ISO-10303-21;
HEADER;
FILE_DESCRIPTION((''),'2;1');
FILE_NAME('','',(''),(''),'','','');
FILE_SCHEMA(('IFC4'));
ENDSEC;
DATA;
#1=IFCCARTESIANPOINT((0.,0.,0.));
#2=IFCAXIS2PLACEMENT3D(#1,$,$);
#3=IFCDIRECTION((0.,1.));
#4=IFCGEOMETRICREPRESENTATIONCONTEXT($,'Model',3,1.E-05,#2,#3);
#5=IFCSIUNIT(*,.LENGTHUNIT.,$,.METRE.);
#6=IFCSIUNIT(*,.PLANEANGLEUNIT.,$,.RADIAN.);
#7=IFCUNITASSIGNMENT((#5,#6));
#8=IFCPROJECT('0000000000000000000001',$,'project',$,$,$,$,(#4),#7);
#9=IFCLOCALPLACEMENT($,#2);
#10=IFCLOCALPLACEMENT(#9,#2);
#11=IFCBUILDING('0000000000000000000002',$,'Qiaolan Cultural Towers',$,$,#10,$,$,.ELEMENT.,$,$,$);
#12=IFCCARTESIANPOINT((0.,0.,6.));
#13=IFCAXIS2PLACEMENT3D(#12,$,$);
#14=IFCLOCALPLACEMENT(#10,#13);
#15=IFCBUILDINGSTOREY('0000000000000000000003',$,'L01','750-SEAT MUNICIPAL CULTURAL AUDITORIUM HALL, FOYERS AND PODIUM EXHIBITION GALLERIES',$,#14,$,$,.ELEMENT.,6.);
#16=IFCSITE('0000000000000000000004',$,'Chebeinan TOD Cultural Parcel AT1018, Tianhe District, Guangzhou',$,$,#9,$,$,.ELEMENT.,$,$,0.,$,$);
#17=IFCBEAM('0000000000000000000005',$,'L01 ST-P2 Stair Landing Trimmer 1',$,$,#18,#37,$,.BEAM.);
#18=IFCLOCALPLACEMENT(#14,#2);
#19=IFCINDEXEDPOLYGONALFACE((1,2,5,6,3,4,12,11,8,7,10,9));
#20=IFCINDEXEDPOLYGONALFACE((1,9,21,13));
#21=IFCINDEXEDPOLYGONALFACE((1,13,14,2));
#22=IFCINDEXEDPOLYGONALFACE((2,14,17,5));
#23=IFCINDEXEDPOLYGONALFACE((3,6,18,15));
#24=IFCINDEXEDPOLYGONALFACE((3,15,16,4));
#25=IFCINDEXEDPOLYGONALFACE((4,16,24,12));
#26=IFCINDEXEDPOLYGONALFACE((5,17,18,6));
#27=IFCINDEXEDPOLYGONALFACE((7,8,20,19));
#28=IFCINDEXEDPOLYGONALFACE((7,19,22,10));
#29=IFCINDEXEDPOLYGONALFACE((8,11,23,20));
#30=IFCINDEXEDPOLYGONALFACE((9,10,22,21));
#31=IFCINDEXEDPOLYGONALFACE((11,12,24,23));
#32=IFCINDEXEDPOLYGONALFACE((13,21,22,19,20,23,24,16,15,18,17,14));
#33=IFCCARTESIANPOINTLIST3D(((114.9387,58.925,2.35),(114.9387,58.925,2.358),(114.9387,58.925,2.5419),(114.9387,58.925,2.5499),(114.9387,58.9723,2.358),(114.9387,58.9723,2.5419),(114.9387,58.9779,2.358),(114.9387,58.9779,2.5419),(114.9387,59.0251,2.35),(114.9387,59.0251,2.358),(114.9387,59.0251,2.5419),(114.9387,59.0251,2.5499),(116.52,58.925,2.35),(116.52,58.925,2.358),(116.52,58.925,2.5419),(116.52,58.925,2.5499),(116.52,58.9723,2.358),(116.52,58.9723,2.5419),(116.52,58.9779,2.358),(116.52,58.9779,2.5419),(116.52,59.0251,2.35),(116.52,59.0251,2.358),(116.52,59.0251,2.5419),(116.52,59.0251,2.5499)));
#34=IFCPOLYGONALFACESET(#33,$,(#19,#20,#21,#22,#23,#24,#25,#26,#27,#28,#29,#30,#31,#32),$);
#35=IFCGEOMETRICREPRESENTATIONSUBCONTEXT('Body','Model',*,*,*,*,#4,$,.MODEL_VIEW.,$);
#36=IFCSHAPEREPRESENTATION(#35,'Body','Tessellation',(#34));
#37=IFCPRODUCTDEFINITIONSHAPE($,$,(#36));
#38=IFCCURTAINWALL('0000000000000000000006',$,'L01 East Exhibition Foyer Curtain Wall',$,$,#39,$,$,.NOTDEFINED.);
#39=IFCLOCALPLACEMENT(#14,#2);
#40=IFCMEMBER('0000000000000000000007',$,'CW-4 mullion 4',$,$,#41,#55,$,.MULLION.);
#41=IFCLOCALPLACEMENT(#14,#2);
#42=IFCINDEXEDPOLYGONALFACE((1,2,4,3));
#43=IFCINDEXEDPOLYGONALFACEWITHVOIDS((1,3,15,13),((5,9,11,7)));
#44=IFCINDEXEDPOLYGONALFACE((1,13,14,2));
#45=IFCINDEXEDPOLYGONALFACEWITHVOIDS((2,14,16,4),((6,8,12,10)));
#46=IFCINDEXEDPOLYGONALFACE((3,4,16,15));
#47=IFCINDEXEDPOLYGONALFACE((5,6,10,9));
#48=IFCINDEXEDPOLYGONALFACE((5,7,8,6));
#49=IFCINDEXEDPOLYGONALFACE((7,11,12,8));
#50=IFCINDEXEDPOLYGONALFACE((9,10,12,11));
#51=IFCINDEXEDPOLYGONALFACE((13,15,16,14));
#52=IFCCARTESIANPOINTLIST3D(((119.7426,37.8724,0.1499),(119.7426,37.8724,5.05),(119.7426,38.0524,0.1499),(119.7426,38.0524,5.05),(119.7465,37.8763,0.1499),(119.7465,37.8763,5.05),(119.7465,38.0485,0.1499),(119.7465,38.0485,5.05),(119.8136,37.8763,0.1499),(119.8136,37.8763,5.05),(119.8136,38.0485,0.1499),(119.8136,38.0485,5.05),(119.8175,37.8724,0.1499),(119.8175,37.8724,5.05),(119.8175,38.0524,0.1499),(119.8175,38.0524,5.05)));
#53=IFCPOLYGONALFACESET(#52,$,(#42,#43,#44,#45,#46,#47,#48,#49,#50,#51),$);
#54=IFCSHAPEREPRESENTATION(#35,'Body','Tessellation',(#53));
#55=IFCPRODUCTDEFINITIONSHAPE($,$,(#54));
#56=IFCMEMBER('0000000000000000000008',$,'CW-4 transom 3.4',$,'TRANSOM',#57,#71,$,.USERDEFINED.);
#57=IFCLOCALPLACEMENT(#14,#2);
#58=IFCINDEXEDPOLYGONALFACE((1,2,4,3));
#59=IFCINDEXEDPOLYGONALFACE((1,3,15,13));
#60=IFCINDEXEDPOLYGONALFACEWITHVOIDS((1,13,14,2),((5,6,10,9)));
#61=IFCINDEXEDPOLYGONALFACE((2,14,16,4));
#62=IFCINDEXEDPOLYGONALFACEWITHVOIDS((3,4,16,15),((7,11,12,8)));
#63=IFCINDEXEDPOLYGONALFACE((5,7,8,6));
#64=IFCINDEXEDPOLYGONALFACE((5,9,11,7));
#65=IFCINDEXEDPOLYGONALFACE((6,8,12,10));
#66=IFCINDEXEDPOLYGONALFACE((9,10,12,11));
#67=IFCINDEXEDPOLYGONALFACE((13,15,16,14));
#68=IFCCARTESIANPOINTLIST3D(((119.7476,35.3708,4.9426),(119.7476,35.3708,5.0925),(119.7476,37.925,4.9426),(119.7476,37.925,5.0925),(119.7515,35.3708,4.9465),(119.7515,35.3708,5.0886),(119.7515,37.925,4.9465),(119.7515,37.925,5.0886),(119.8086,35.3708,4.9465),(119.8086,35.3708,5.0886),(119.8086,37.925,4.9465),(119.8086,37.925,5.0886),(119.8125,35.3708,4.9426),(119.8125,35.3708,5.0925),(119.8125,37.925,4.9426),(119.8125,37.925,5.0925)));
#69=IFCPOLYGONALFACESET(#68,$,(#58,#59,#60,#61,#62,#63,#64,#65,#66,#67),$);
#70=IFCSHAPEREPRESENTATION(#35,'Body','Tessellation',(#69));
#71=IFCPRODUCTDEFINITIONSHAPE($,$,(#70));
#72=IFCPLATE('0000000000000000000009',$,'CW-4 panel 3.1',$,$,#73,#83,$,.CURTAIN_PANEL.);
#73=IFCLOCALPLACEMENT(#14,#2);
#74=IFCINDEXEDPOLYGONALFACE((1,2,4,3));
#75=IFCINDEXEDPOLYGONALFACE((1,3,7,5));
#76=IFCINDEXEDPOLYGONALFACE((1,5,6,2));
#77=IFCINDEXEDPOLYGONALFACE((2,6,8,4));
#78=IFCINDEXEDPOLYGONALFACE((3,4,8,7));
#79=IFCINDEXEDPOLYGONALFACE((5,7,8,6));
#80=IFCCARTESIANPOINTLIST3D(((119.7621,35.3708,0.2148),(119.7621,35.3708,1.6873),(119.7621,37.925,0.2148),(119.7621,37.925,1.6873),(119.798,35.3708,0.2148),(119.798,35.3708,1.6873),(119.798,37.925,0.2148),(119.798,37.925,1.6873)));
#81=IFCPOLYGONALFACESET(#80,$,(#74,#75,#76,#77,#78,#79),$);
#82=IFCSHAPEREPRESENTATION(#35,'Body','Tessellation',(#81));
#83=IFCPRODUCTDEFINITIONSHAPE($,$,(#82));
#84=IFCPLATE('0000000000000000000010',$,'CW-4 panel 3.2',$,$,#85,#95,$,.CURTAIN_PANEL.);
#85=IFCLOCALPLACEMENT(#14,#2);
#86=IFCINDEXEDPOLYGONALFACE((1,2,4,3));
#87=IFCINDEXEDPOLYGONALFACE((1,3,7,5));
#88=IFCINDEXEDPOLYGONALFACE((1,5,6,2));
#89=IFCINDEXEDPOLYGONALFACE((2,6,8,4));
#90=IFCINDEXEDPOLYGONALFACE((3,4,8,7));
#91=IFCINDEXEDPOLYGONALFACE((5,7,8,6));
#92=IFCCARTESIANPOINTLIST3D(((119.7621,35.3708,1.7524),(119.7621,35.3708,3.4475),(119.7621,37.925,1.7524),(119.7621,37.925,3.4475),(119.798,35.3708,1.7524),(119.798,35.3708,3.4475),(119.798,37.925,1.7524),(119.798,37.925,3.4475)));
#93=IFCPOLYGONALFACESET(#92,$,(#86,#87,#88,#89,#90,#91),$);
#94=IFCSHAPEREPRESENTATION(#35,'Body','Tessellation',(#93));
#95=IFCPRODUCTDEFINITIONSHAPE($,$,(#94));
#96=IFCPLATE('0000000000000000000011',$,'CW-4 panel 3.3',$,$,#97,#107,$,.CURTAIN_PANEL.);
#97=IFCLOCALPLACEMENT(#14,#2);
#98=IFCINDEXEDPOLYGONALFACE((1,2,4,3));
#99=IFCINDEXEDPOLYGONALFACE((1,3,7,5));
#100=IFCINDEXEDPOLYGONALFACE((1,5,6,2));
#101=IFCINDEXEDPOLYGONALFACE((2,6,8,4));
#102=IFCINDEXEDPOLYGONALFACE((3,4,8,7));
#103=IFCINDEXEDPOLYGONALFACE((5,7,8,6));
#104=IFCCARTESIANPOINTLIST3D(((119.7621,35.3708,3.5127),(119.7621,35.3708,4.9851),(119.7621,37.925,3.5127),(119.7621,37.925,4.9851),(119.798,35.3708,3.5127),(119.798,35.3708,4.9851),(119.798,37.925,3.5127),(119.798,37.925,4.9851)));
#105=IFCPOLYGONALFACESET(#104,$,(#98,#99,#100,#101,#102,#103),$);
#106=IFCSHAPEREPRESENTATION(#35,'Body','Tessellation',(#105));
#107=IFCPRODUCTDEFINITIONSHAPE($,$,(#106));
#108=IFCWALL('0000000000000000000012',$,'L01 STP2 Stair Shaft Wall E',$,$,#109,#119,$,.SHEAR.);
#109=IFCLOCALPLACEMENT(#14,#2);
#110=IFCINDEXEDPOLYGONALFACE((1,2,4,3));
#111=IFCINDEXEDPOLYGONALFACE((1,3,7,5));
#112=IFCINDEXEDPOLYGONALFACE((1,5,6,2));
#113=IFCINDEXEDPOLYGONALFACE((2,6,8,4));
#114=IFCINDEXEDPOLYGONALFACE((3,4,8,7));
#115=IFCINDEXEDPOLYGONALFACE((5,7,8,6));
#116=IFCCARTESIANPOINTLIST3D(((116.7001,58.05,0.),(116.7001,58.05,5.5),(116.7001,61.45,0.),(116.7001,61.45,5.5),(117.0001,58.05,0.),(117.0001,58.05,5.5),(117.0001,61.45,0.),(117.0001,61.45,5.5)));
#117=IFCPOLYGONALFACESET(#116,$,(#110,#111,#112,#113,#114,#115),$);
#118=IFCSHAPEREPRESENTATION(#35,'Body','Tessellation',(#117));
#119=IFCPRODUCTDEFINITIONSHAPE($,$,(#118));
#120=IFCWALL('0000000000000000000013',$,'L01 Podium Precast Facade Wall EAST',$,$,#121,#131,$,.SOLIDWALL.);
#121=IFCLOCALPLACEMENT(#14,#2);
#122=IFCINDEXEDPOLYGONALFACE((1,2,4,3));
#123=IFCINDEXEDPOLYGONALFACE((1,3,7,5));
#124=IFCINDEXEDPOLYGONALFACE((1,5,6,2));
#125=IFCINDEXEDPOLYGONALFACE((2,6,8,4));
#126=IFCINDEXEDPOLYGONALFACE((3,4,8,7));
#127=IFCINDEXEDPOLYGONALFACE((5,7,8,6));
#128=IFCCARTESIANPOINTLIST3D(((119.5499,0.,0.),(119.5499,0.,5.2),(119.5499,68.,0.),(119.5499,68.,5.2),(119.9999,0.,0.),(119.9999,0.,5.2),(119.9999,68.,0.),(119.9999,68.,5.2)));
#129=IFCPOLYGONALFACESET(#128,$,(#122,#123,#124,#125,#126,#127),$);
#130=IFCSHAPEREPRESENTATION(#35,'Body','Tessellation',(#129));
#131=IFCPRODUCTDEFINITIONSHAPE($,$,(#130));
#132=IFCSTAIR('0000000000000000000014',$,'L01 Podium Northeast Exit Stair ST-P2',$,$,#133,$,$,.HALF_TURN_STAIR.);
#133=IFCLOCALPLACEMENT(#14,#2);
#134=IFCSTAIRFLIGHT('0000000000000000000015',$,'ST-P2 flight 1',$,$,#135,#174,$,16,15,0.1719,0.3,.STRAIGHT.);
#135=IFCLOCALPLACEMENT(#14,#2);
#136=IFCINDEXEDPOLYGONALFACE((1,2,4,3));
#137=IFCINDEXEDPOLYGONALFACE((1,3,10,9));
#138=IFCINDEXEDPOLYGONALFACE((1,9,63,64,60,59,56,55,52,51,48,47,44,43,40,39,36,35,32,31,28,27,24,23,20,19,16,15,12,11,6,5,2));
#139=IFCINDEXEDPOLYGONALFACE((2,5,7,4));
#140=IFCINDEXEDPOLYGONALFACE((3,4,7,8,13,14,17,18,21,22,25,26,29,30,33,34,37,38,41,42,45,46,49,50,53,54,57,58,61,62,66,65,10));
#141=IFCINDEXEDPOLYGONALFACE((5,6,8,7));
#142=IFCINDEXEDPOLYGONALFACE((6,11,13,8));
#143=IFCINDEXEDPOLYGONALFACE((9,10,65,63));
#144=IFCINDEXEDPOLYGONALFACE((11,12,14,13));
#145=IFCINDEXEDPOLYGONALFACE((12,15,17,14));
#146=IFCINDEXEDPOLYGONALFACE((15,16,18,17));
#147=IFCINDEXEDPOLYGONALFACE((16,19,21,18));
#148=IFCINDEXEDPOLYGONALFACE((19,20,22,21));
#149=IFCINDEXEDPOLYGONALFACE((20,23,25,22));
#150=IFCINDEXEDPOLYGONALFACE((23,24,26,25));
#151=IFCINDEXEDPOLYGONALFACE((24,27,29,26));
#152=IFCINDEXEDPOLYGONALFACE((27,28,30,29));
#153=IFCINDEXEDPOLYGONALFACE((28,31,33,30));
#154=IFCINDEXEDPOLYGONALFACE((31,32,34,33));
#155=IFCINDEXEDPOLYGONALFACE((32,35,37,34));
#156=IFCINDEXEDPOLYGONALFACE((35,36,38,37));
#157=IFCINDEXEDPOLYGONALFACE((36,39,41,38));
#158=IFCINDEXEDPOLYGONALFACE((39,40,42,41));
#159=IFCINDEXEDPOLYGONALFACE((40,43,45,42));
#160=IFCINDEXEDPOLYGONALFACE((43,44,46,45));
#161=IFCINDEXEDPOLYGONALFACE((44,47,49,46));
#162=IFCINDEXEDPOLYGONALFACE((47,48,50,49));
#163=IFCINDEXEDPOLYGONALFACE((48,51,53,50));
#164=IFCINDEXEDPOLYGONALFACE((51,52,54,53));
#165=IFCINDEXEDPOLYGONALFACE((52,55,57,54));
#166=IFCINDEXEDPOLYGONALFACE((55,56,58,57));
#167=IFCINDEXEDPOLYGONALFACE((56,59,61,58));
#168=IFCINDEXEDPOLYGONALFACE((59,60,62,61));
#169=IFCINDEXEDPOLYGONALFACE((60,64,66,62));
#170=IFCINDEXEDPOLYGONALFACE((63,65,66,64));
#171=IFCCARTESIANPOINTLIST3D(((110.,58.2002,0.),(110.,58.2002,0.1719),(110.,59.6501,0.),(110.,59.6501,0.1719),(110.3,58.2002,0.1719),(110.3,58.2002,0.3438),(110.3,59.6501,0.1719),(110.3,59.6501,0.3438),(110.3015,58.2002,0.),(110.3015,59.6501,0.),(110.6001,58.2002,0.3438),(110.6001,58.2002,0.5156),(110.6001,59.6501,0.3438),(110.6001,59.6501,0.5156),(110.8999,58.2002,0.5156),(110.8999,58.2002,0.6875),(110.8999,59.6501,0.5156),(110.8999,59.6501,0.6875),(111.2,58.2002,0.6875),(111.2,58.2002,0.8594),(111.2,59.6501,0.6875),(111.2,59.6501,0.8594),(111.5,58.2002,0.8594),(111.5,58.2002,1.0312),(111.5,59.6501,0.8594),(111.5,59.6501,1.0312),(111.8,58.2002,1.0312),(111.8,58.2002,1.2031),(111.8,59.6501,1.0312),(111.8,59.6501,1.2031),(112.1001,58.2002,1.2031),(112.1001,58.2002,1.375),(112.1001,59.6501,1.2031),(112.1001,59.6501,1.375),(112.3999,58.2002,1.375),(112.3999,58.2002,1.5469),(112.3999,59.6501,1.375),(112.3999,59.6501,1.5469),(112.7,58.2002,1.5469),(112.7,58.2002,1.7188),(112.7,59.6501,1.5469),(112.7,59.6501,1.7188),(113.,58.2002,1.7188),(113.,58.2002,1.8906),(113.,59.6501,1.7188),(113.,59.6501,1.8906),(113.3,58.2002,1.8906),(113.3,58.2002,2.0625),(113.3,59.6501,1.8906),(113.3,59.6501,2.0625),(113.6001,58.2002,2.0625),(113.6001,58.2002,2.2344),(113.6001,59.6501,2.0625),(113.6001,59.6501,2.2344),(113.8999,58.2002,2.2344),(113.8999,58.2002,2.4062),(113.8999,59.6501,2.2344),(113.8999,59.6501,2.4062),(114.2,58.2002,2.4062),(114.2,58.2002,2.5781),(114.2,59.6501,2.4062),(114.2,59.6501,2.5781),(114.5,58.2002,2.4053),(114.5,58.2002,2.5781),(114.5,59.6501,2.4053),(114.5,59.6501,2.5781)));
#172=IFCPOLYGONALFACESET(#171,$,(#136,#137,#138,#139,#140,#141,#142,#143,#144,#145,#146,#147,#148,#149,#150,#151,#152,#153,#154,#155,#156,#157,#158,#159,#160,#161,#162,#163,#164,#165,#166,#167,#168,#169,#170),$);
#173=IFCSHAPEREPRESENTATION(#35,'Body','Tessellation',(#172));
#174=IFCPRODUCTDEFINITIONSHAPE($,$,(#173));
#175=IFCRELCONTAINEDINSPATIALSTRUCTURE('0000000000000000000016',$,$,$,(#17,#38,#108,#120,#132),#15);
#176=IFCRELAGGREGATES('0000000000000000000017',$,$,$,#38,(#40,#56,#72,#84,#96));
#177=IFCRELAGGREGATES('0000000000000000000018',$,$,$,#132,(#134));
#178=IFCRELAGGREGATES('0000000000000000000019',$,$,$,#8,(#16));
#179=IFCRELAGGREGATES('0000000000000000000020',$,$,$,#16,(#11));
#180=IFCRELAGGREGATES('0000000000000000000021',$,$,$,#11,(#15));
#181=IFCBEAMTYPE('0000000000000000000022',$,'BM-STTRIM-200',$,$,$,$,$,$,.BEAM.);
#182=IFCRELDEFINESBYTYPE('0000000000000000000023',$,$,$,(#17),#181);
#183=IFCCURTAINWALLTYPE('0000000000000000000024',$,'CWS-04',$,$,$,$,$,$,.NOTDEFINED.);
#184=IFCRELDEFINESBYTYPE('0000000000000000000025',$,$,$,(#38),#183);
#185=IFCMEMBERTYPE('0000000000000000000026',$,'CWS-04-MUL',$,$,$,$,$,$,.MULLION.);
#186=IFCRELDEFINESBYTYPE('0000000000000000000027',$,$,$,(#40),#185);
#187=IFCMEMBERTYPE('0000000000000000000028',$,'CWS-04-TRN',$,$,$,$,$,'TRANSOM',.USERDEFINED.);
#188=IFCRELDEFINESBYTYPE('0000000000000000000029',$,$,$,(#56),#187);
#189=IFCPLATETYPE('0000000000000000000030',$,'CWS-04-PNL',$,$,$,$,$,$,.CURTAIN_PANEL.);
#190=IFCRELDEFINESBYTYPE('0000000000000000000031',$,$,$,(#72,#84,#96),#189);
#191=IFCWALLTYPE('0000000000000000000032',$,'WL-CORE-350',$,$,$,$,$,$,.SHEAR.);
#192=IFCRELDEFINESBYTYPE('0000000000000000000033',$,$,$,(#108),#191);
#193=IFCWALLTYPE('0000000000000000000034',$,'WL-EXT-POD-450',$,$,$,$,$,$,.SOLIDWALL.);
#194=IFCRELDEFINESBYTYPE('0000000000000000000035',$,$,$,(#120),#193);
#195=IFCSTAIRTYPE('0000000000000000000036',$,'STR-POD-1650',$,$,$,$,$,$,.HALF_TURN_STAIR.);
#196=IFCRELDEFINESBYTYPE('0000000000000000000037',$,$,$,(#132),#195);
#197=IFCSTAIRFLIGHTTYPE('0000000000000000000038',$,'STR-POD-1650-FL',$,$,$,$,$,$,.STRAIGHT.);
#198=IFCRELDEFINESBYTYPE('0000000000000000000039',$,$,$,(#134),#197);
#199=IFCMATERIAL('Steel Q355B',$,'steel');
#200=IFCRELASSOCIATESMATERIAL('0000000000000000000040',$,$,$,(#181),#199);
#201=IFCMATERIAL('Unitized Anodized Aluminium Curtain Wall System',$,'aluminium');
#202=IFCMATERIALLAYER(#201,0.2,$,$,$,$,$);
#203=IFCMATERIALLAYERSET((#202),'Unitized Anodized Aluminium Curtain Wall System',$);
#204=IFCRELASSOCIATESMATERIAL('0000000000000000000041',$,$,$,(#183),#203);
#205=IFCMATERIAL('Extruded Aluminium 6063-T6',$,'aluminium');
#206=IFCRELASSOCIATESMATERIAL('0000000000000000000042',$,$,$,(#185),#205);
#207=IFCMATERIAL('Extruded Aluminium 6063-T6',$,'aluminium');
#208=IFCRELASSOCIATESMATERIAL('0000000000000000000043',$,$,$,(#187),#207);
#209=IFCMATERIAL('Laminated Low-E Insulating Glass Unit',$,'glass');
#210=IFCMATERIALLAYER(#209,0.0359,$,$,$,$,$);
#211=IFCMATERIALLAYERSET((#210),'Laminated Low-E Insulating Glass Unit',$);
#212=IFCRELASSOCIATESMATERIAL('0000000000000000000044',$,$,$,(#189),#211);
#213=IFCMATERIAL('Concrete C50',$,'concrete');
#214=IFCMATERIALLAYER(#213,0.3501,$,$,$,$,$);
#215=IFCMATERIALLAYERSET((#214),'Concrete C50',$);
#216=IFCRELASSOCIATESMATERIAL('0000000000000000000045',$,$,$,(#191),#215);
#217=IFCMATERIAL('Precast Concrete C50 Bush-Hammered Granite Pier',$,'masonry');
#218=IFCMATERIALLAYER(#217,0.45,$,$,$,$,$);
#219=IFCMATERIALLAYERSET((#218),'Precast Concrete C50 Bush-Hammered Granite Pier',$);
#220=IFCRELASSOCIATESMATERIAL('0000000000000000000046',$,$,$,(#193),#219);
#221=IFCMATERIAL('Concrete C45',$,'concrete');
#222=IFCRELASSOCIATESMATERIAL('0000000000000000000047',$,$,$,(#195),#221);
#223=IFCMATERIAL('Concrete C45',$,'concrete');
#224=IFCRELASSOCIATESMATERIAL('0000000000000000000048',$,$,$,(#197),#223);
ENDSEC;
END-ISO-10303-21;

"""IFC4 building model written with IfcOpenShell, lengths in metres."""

from ifc_helpers import new_model, si_unit, direction, frame, frame_2d, origin, origin_2d, place, context, subcontext, project, spatial, polyline, rectangle, hollow_rectangle, i_section, outline, extrude, material, layer, layer_set, material_profile, profile_set, type_object, element, aggregate, save


model = new_model("IFC4")

# Units and contexts
model_context = context("Model", 3, precision=1e-05, world=origin(), true_north=direction((0.0, 1.0)))
body_context = subcontext(model_context, "Body", "Model", "MODEL_VIEW")
ifc_project = project(units=[si_unit("LENGTHUNIT", "METRE"), si_unit("PLANEANGLEUNIT", "RADIAN")], contexts=[model_context])

# Site, building, storey
site_placement = place(None, origin())
site = spatial("IfcSite", under=ifc_project, at=site_placement, Name="Chebeinan TOD Cultural Parcel AT1018, Tianhe District, Guangzhou", CompositionType="ELEMENT", RefElevation=0.0)
building_placement = place(site_placement, origin())
building = spatial("IfcBuilding", under=site, at=building_placement, Name="Qiaolan Cultural Towers", CompositionType="ELEMENT")
storey_placement = place(building_placement, frame((0.0, 0.0, 6.0)))
storey = spatial("IfcBuildingStorey", under=building, at=storey_placement, Name="L01", Description="750-SEAT MUNICIPAL CULTURAL AUDITORIUM HALL, FOYERS AND PODIUM EXHIBITION GALLERIES", CompositionType="ELEMENT", Elevation=6.0)

# Beam
ifc_material_1 = material(Name="Steel Q355B", Category="steel")
ifc_material_profile_1 = material_profile(ifc_material_1, i_section(OverallWidth=0.1001, OverallDepth=0.2, WebThickness=0.0056, FlangeThickness=0.0081, at=origin_2d()), Name="HN200x100x5.5x8")
ifc_profile_set_1 = profile_set([ifc_material_profile_1], Name="Steel Q355B")
beam_type_1 = type_object("IfcBeamType", Name="BM-STTRIM-200", PredefinedType="BEAM", material=ifc_profile_set_1)
beam_1_placement = place(storey_placement, frame((114.9387, 58.9751, 2.45), z_axis=(1.0, 0.0, 0.0), x_axis=(0.0, 1.0, 0.0)))
element("IfcBeam", 1, at=beam_1_placement, inside=storey, type_object=beam_type_1, Name="L01 ST-P2 Stair Landing Trimmer 1", PredefinedType="BEAM", context=body_context, shape_type="SweptSolid", body=[
    extrude(i_section(OverallWidth=0.1001, OverallDepth=0.2, WebThickness=0.0056, FlangeThickness=0.0081, at=origin_2d()), origin(), (0.0, 0.0, 1.0), 1.5813),
])

# Curtain wall, members, plates
ifc_material_2 = material(Name="Unitized Anodized Aluminium Curtain Wall System", Category="aluminium")
ifc_layer_1 = layer(ifc_material_2, 0.2)
ifc_layer_set_1 = layer_set([ifc_layer_1], Name="Unitized Anodized Aluminium Curtain Wall System")
curtain_wall_type = type_object("IfcCurtainWallType", Name="CWS-04", PredefinedType="NOTDEFINED", material=ifc_layer_set_1)
curtain_wall_placement = place(storey_placement, origin())
curtain_wall = element("IfcCurtainWall", 2, at=curtain_wall_placement, inside=storey, type_object=curtain_wall_type, Name="L01 East Exhibition Foyer Curtain Wall", PredefinedType="NOTDEFINED")
ifc_material_3 = material(Name="Extruded Aluminium 6063-T6", Category="aluminium")
ifc_material_profile_2 = material_profile(ifc_material_3, hollow_rectangle(XDim=0.075, YDim=0.1799, WallThickness=0.0039, at=origin_2d()), Name="CWM-180x75x4")
ifc_profile_set_2 = profile_set([ifc_material_profile_2], Name="Extruded Aluminium 6063-T6")
member_type_1 = type_object("IfcMemberType", Name="CWS-04-MUL", PredefinedType="MULLION", material=ifc_profile_set_2)
member_1_placement = place(storey_placement, frame((119.78, 37.9624, 0.1499), z_axis=(0.0, 0.0, 1.0), x_axis=(-1.0, 0.0, 0.0)))
member_1 = element("IfcMember", 3, at=member_1_placement, type_object=member_type_1, Name="CW-4 mullion 4", PredefinedType="MULLION", context=body_context, shape_type="SweptSolid", body=[
    extrude(hollow_rectangle(XDim=0.075, YDim=0.1799, WallThickness=0.0039, at=origin_2d()), origin(), (0.0, 0.0, 1.0), 4.9001),
])
ifc_material_4 = material(Name="Extruded Aluminium 6063-T6", Category="aluminium")
ifc_material_profile_3 = material_profile(ifc_material_4, hollow_rectangle(XDim=0.0649, YDim=0.1499, WallThickness=0.0039, at=origin_2d()), Name="CWT-150x65x4")
ifc_profile_set_3 = profile_set([ifc_material_profile_3], Name="Extruded Aluminium 6063-T6")
member_type_2 = type_object("IfcMemberType", Name="CWS-04-TRN", ElementType="TRANSOM", PredefinedType="USERDEFINED", material=ifc_profile_set_3)
member_2_placement = place(storey_placement, frame((119.78, 35.3708, 5.0176), z_axis=(0.0, 1.0, 0.0), x_axis=(-1.0, 0.0, 0.0)))
member_2 = element("IfcMember", 4, at=member_2_placement, type_object=member_type_2, Name="CW-4 transom 3.4", ObjectType="TRANSOM", PredefinedType="USERDEFINED", context=body_context, shape_type="SweptSolid", body=[
    extrude(hollow_rectangle(XDim=0.0649, YDim=0.1499, WallThickness=0.0039, at=origin_2d()), origin(), (0.0, 0.0, 1.0), 2.5542),
])
ifc_material_5 = material(Name="Laminated Low-E Insulating Glass Unit", Category="glass")
ifc_layer_2 = layer(ifc_material_5, 0.0359)
ifc_layer_set_2 = layer_set([ifc_layer_2], Name="Laminated Low-E Insulating Glass Unit")
plate_type = type_object("IfcPlateType", Name="CWS-04-PNL", PredefinedType="CURTAIN_PANEL", material=ifc_layer_set_2)
plate_1_placement = place(storey_placement, frame((119.78, 36.6479, 0.2148), z_axis=(0.0, 0.0, 1.0), x_axis=(0.0, 1.0, 0.0)))
plate_1 = element("IfcPlate", 5, at=plate_1_placement, type_object=plate_type, Name="CW-4 panel 3.1", PredefinedType="CURTAIN_PANEL", context=body_context, shape_type="SweptSolid", body=[
    extrude(rectangle(XDim=2.5542, YDim=0.0359, at=origin_2d()), origin(), (0.0, 0.0, 1.0), 1.4724),
])
plate_2_placement = place(storey_placement, frame((119.78, 36.6479, 1.7524), z_axis=(0.0, 0.0, 1.0), x_axis=(0.0, 1.0, 0.0)))
plate_2 = element("IfcPlate", 6, at=plate_2_placement, type_object=plate_type, Name="CW-4 panel 3.2", PredefinedType="CURTAIN_PANEL", context=body_context, shape_type="SweptSolid", body=[
    extrude(rectangle(XDim=2.5542, YDim=0.0359, at=origin_2d()), origin(), (0.0, 0.0, 1.0), 1.6951),
])
plate_3_placement = place(storey_placement, frame((119.78, 36.6479, 3.5127), z_axis=(0.0, 0.0, 1.0), x_axis=(0.0, 1.0, 0.0)))
plate_3 = element("IfcPlate", 7, at=plate_3_placement, type_object=plate_type, Name="CW-4 panel 3.3", PredefinedType="CURTAIN_PANEL", context=body_context, shape_type="SweptSolid", body=[
    extrude(rectangle(XDim=2.5542, YDim=0.0359, at=origin_2d()), origin(), (0.0, 0.0, 1.0), 1.4724),
])
aggregate(curtain_wall, [member_1, member_2, plate_1, plate_2, plate_3])

# Walls
ifc_material_6 = material(Name="Concrete C50", Category="concrete")
ifc_layer_3 = layer(ifc_material_6, 0.3501)
ifc_layer_set_3 = layer_set([ifc_layer_3], Name="Concrete C50")
wall_type_1 = type_object("IfcWallType", Name="WL-CORE-350", PredefinedType="SHEAR", material=ifc_layer_set_3)
wall_1_placement = place(storey_placement, frame((116.8501, 58.05, 0.0), z_axis=(0.0, 0.0, 1.0), x_axis=(0.0, 1.0, 0.0)))
element("IfcWall", 8, at=wall_1_placement, inside=storey, type_object=wall_type_1, Name="L01 STP2 Stair Shaft Wall E", PredefinedType="SHEAR", context=body_context, shape_type="SweptSolid", body=[
    extrude(rectangle(XDim=3.3999, YDim=0.3, at=frame_2d((1.7, 0.0))), origin(), (0.0, 0.0, 1.0), 5.5),
])
ifc_material_7 = material(Name="Precast Concrete C50 Bush-Hammered Granite Pier", Category="masonry")
ifc_layer_4 = layer(ifc_material_7, 0.45)
ifc_layer_set_4 = layer_set([ifc_layer_4], Name="Precast Concrete C50 Bush-Hammered Granite Pier")
wall_type_2 = type_object("IfcWallType", Name="WL-EXT-POD-450", PredefinedType="SOLIDWALL", material=ifc_layer_set_4)
wall_2_placement = place(storey_placement, frame((119.7749, 68.0, 0.0), z_axis=(0.0, 0.0, 1.0), x_axis=(0.0, -1.0, 0.0)))
element("IfcWall", 9, at=wall_2_placement, inside=storey, type_object=wall_type_2, Name="L01 Podium Precast Facade Wall EAST", PredefinedType="SOLIDWALL", context=body_context, shape_type="SweptSolid", body=[
    extrude(rectangle(XDim=68.0, YDim=0.45, at=frame_2d((34.0, 0.0))), origin(), (0.0, 0.0, 1.0), 5.2),
])

# Stair, stair flight
ifc_material_8 = material(Name="Concrete C45", Category="concrete")
stair_type = type_object("IfcStairType", Name="STR-POD-1650", PredefinedType="HALF_TURN_STAIR", material=ifc_material_8)
stair_placement = place(storey_placement, origin())
stair = element("IfcStair", 10, at=stair_placement, inside=storey, type_object=stair_type, Name="L01 Podium Northeast Exit Stair ST-P2", PredefinedType="HALF_TURN_STAIR")
ifc_material_9 = material(Name="Concrete C45", Category="concrete")
stair_flight_type = type_object("IfcStairFlightType", Name="STR-POD-1650-FL", PredefinedType="STRAIGHT", material=ifc_material_9)
stair_flight_1_placement = place(storey_placement, frame((110.0, 58.925, 0.0), z_axis=(0.0, 0.0, 1.0), x_axis=(1.0, 0.0, 0.0)))
stair_flight_1 = element("IfcStairFlight", 11, at=stair_flight_1_placement, type_object=stair_flight_type, Name="ST-P2 flight 1", NumberOfRisers=16, NumberOfTreads=15, PredefinedType="STRAIGHT", RiserHeight=0.1719, TreadLength=0.3, context=body_context, shape_type="SweptSolid", body=[
    extrude(outline(polyline([(0.0, 0.0), (0.0, 0.1719), (0.3, 0.1719), (0.3, 0.3438), (0.6001, 0.3438), (0.6001, 0.5156), (0.8999, 0.5156), (0.8999, 0.6875), (1.2, 0.6875), (1.2, 0.8594), (1.5, 0.8594), (1.5, 1.0312), (1.8, 1.0312), (1.8, 1.2031), (2.1001, 1.2031), (2.1001, 1.375), (2.3999, 1.375), (2.3999, 1.5469), (2.7, 1.5469), (2.7, 1.7188), (3.0, 1.7188), (3.0, 1.8906), (3.3, 1.8906), (3.3, 2.0625), (3.6001, 2.0625), (3.6001, 2.2344), (3.8999, 2.2344), (3.8999, 2.4062), (4.2, 2.4062), (4.2, 2.5781), (4.5, 2.5781), (4.5, 2.75), (4.5, 2.4053), (0.3015, 0.0), (0.0, 0.0)])), frame((0.0, 0.7251, 0.0), z_axis=(0.0, -1.0, 0.0), x_axis=(1.0, 0.0, 0.0)), (0.0, 0.0, 1.0), 1.45),
])
aggregate(stair, [stair_flight_1])

save(model, "model.ifc")
